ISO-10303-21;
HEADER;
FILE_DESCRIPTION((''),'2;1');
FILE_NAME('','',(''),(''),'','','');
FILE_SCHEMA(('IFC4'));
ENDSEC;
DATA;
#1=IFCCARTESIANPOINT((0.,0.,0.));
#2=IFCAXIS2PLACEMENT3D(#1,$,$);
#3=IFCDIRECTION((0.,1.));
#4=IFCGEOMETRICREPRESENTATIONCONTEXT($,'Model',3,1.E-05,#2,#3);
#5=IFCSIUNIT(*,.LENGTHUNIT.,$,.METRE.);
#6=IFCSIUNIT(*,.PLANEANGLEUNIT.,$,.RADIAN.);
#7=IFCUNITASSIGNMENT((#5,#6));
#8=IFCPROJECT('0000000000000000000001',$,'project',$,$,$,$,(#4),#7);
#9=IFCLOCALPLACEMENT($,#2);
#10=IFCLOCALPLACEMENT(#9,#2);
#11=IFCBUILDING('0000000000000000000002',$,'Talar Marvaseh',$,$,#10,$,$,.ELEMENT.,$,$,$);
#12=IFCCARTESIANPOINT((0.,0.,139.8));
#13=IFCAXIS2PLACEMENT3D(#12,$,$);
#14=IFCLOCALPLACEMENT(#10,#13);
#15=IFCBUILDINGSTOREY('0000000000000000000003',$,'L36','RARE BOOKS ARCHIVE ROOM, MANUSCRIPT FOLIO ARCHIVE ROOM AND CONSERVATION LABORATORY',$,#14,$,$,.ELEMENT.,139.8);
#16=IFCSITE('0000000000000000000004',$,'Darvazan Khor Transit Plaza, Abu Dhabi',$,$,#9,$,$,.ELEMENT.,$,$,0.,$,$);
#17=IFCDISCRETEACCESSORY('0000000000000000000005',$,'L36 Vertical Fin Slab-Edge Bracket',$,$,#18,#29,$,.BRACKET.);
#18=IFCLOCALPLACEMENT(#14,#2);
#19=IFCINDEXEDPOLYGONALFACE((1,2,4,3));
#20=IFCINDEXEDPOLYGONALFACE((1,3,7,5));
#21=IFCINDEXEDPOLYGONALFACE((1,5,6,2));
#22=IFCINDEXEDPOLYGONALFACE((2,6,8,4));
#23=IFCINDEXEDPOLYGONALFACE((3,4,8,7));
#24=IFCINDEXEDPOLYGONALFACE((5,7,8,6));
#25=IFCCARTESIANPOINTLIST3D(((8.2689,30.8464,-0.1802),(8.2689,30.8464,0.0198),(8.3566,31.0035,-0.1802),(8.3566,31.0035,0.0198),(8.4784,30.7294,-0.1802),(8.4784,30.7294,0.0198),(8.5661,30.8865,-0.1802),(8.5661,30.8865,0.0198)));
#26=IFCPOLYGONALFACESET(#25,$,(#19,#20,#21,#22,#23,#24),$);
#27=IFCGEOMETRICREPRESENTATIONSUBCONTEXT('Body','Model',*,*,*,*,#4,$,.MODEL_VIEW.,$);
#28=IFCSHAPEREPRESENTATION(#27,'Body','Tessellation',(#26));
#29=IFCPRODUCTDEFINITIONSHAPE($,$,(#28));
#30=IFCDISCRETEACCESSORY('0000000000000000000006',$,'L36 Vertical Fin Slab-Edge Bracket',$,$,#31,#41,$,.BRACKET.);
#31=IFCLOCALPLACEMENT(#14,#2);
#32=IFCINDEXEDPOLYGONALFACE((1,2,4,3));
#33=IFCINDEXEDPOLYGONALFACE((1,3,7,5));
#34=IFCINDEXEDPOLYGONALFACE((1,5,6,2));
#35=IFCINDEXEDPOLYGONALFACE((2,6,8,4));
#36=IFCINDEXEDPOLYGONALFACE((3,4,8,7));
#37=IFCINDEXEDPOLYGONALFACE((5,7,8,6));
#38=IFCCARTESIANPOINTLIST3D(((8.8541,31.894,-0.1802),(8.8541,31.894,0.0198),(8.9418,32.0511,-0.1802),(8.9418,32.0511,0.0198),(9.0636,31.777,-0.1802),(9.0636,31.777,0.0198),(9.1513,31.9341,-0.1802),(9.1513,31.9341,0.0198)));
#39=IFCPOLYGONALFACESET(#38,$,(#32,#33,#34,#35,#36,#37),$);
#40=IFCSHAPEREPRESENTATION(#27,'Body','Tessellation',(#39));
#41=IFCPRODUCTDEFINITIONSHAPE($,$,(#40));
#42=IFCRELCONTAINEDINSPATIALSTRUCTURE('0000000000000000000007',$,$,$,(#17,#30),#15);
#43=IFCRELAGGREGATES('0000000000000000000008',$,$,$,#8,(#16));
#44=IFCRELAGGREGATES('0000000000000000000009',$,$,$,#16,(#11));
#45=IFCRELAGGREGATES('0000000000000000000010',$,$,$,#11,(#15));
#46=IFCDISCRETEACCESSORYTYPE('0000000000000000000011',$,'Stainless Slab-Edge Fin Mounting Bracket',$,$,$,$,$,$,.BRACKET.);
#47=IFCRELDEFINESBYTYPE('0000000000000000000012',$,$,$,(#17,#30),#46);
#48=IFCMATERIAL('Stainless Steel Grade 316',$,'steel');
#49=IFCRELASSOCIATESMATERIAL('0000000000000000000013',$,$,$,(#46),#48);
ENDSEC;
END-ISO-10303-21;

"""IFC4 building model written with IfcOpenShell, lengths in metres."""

from ifc_helpers import new_model, si_unit, direction, frame, origin, origin_2d, place, context, subcontext, project, spatial, rectangle, extrude, source, transform, mapped, material, type_object, type_shapes, element, save


model = new_model("IFC4")

# Units and contexts
model_context = context("Model", 3, precision=1e-05, world=origin(), true_north=direction((0.0, 1.0)))
body_context = subcontext(model_context, "Body", "Model", "MODEL_VIEW")
ifc_project = project(units=[si_unit("LENGTHUNIT", "METRE"), si_unit("PLANEANGLEUNIT", "RADIAN")], contexts=[model_context])

# Site, building, storey
site_placement = place(None, origin())
site = spatial("IfcSite", under=ifc_project, at=site_placement, Name="Darvazan Khor Transit Plaza, Abu Dhabi", CompositionType="ELEMENT", RefElevation=0.0)
building_placement = place(site_placement, origin())
building = spatial("IfcBuilding", under=site, at=building_placement, Name="Talar Marvaseh", CompositionType="ELEMENT")
storey_placement = place(building_placement, frame((0.0, 0.0, 139.8)))
storey = spatial("IfcBuildingStorey", under=building, at=storey_placement, Name="L36", Description="RARE BOOKS ARCHIVE ROOM, MANUSCRIPT FOLIO ARCHIVE ROOM AND CONSERVATION LABORATORY", CompositionType="ELEMENT", Elevation=139.8)

# Discrete accessories
ifc_material_1 = material(Name="Stainless Steel Grade 316", Category="steel")
discrete_accessory_type = type_object("IfcDiscreteAccessoryType", Name="Stainless Slab-Edge Fin Mounting Bracket", PredefinedType="BRACKET", material=ifc_material_1)
shared_shape_1 = source(origin(), body_context, "Body", "SweptSolid", [
    extrude(rectangle(XDim=0.24, YDim=0.1799, at=origin_2d()), origin(), (0.0, 0.0, 1.0), 0.2),
])
type_shapes(discrete_accessory_type, [shared_shape_1])
for number, where, z_axis, x_axis, name in (
    (1, (8.4175, 30.8665, -0.1802), (0.0, 0.0, 1.0), (-0.873092, 0.487555, 0.0), "L36 Vertical Fin Slab-Edge Bracket"),
    (2, (9.0027, 31.9141, -0.1802), (0.0, 0.0, 1.0), (-0.873092, 0.487555, 0.0), "L36 Vertical Fin Slab-Edge Bracket"),
):
    element("IfcDiscreteAccessory", number, at=place(storey_placement, frame(where, z_axis=z_axis, x_axis=x_axis)), inside=storey, type_object=discrete_accessory_type, Name=name, PredefinedType="BRACKET", context=body_context, shape_type="MappedRepresentation", body=[
        mapped(shared_shape_1, transform((0.0, 0.0, 0.0), x_axis=(1.0, 0.0, 0.0), y_axis=(0.0, 1.0, 0.0), z_axis=(0.0, 0.0, 1.0), scale=1.0)),
    ])

save(model, "model.ifc")
